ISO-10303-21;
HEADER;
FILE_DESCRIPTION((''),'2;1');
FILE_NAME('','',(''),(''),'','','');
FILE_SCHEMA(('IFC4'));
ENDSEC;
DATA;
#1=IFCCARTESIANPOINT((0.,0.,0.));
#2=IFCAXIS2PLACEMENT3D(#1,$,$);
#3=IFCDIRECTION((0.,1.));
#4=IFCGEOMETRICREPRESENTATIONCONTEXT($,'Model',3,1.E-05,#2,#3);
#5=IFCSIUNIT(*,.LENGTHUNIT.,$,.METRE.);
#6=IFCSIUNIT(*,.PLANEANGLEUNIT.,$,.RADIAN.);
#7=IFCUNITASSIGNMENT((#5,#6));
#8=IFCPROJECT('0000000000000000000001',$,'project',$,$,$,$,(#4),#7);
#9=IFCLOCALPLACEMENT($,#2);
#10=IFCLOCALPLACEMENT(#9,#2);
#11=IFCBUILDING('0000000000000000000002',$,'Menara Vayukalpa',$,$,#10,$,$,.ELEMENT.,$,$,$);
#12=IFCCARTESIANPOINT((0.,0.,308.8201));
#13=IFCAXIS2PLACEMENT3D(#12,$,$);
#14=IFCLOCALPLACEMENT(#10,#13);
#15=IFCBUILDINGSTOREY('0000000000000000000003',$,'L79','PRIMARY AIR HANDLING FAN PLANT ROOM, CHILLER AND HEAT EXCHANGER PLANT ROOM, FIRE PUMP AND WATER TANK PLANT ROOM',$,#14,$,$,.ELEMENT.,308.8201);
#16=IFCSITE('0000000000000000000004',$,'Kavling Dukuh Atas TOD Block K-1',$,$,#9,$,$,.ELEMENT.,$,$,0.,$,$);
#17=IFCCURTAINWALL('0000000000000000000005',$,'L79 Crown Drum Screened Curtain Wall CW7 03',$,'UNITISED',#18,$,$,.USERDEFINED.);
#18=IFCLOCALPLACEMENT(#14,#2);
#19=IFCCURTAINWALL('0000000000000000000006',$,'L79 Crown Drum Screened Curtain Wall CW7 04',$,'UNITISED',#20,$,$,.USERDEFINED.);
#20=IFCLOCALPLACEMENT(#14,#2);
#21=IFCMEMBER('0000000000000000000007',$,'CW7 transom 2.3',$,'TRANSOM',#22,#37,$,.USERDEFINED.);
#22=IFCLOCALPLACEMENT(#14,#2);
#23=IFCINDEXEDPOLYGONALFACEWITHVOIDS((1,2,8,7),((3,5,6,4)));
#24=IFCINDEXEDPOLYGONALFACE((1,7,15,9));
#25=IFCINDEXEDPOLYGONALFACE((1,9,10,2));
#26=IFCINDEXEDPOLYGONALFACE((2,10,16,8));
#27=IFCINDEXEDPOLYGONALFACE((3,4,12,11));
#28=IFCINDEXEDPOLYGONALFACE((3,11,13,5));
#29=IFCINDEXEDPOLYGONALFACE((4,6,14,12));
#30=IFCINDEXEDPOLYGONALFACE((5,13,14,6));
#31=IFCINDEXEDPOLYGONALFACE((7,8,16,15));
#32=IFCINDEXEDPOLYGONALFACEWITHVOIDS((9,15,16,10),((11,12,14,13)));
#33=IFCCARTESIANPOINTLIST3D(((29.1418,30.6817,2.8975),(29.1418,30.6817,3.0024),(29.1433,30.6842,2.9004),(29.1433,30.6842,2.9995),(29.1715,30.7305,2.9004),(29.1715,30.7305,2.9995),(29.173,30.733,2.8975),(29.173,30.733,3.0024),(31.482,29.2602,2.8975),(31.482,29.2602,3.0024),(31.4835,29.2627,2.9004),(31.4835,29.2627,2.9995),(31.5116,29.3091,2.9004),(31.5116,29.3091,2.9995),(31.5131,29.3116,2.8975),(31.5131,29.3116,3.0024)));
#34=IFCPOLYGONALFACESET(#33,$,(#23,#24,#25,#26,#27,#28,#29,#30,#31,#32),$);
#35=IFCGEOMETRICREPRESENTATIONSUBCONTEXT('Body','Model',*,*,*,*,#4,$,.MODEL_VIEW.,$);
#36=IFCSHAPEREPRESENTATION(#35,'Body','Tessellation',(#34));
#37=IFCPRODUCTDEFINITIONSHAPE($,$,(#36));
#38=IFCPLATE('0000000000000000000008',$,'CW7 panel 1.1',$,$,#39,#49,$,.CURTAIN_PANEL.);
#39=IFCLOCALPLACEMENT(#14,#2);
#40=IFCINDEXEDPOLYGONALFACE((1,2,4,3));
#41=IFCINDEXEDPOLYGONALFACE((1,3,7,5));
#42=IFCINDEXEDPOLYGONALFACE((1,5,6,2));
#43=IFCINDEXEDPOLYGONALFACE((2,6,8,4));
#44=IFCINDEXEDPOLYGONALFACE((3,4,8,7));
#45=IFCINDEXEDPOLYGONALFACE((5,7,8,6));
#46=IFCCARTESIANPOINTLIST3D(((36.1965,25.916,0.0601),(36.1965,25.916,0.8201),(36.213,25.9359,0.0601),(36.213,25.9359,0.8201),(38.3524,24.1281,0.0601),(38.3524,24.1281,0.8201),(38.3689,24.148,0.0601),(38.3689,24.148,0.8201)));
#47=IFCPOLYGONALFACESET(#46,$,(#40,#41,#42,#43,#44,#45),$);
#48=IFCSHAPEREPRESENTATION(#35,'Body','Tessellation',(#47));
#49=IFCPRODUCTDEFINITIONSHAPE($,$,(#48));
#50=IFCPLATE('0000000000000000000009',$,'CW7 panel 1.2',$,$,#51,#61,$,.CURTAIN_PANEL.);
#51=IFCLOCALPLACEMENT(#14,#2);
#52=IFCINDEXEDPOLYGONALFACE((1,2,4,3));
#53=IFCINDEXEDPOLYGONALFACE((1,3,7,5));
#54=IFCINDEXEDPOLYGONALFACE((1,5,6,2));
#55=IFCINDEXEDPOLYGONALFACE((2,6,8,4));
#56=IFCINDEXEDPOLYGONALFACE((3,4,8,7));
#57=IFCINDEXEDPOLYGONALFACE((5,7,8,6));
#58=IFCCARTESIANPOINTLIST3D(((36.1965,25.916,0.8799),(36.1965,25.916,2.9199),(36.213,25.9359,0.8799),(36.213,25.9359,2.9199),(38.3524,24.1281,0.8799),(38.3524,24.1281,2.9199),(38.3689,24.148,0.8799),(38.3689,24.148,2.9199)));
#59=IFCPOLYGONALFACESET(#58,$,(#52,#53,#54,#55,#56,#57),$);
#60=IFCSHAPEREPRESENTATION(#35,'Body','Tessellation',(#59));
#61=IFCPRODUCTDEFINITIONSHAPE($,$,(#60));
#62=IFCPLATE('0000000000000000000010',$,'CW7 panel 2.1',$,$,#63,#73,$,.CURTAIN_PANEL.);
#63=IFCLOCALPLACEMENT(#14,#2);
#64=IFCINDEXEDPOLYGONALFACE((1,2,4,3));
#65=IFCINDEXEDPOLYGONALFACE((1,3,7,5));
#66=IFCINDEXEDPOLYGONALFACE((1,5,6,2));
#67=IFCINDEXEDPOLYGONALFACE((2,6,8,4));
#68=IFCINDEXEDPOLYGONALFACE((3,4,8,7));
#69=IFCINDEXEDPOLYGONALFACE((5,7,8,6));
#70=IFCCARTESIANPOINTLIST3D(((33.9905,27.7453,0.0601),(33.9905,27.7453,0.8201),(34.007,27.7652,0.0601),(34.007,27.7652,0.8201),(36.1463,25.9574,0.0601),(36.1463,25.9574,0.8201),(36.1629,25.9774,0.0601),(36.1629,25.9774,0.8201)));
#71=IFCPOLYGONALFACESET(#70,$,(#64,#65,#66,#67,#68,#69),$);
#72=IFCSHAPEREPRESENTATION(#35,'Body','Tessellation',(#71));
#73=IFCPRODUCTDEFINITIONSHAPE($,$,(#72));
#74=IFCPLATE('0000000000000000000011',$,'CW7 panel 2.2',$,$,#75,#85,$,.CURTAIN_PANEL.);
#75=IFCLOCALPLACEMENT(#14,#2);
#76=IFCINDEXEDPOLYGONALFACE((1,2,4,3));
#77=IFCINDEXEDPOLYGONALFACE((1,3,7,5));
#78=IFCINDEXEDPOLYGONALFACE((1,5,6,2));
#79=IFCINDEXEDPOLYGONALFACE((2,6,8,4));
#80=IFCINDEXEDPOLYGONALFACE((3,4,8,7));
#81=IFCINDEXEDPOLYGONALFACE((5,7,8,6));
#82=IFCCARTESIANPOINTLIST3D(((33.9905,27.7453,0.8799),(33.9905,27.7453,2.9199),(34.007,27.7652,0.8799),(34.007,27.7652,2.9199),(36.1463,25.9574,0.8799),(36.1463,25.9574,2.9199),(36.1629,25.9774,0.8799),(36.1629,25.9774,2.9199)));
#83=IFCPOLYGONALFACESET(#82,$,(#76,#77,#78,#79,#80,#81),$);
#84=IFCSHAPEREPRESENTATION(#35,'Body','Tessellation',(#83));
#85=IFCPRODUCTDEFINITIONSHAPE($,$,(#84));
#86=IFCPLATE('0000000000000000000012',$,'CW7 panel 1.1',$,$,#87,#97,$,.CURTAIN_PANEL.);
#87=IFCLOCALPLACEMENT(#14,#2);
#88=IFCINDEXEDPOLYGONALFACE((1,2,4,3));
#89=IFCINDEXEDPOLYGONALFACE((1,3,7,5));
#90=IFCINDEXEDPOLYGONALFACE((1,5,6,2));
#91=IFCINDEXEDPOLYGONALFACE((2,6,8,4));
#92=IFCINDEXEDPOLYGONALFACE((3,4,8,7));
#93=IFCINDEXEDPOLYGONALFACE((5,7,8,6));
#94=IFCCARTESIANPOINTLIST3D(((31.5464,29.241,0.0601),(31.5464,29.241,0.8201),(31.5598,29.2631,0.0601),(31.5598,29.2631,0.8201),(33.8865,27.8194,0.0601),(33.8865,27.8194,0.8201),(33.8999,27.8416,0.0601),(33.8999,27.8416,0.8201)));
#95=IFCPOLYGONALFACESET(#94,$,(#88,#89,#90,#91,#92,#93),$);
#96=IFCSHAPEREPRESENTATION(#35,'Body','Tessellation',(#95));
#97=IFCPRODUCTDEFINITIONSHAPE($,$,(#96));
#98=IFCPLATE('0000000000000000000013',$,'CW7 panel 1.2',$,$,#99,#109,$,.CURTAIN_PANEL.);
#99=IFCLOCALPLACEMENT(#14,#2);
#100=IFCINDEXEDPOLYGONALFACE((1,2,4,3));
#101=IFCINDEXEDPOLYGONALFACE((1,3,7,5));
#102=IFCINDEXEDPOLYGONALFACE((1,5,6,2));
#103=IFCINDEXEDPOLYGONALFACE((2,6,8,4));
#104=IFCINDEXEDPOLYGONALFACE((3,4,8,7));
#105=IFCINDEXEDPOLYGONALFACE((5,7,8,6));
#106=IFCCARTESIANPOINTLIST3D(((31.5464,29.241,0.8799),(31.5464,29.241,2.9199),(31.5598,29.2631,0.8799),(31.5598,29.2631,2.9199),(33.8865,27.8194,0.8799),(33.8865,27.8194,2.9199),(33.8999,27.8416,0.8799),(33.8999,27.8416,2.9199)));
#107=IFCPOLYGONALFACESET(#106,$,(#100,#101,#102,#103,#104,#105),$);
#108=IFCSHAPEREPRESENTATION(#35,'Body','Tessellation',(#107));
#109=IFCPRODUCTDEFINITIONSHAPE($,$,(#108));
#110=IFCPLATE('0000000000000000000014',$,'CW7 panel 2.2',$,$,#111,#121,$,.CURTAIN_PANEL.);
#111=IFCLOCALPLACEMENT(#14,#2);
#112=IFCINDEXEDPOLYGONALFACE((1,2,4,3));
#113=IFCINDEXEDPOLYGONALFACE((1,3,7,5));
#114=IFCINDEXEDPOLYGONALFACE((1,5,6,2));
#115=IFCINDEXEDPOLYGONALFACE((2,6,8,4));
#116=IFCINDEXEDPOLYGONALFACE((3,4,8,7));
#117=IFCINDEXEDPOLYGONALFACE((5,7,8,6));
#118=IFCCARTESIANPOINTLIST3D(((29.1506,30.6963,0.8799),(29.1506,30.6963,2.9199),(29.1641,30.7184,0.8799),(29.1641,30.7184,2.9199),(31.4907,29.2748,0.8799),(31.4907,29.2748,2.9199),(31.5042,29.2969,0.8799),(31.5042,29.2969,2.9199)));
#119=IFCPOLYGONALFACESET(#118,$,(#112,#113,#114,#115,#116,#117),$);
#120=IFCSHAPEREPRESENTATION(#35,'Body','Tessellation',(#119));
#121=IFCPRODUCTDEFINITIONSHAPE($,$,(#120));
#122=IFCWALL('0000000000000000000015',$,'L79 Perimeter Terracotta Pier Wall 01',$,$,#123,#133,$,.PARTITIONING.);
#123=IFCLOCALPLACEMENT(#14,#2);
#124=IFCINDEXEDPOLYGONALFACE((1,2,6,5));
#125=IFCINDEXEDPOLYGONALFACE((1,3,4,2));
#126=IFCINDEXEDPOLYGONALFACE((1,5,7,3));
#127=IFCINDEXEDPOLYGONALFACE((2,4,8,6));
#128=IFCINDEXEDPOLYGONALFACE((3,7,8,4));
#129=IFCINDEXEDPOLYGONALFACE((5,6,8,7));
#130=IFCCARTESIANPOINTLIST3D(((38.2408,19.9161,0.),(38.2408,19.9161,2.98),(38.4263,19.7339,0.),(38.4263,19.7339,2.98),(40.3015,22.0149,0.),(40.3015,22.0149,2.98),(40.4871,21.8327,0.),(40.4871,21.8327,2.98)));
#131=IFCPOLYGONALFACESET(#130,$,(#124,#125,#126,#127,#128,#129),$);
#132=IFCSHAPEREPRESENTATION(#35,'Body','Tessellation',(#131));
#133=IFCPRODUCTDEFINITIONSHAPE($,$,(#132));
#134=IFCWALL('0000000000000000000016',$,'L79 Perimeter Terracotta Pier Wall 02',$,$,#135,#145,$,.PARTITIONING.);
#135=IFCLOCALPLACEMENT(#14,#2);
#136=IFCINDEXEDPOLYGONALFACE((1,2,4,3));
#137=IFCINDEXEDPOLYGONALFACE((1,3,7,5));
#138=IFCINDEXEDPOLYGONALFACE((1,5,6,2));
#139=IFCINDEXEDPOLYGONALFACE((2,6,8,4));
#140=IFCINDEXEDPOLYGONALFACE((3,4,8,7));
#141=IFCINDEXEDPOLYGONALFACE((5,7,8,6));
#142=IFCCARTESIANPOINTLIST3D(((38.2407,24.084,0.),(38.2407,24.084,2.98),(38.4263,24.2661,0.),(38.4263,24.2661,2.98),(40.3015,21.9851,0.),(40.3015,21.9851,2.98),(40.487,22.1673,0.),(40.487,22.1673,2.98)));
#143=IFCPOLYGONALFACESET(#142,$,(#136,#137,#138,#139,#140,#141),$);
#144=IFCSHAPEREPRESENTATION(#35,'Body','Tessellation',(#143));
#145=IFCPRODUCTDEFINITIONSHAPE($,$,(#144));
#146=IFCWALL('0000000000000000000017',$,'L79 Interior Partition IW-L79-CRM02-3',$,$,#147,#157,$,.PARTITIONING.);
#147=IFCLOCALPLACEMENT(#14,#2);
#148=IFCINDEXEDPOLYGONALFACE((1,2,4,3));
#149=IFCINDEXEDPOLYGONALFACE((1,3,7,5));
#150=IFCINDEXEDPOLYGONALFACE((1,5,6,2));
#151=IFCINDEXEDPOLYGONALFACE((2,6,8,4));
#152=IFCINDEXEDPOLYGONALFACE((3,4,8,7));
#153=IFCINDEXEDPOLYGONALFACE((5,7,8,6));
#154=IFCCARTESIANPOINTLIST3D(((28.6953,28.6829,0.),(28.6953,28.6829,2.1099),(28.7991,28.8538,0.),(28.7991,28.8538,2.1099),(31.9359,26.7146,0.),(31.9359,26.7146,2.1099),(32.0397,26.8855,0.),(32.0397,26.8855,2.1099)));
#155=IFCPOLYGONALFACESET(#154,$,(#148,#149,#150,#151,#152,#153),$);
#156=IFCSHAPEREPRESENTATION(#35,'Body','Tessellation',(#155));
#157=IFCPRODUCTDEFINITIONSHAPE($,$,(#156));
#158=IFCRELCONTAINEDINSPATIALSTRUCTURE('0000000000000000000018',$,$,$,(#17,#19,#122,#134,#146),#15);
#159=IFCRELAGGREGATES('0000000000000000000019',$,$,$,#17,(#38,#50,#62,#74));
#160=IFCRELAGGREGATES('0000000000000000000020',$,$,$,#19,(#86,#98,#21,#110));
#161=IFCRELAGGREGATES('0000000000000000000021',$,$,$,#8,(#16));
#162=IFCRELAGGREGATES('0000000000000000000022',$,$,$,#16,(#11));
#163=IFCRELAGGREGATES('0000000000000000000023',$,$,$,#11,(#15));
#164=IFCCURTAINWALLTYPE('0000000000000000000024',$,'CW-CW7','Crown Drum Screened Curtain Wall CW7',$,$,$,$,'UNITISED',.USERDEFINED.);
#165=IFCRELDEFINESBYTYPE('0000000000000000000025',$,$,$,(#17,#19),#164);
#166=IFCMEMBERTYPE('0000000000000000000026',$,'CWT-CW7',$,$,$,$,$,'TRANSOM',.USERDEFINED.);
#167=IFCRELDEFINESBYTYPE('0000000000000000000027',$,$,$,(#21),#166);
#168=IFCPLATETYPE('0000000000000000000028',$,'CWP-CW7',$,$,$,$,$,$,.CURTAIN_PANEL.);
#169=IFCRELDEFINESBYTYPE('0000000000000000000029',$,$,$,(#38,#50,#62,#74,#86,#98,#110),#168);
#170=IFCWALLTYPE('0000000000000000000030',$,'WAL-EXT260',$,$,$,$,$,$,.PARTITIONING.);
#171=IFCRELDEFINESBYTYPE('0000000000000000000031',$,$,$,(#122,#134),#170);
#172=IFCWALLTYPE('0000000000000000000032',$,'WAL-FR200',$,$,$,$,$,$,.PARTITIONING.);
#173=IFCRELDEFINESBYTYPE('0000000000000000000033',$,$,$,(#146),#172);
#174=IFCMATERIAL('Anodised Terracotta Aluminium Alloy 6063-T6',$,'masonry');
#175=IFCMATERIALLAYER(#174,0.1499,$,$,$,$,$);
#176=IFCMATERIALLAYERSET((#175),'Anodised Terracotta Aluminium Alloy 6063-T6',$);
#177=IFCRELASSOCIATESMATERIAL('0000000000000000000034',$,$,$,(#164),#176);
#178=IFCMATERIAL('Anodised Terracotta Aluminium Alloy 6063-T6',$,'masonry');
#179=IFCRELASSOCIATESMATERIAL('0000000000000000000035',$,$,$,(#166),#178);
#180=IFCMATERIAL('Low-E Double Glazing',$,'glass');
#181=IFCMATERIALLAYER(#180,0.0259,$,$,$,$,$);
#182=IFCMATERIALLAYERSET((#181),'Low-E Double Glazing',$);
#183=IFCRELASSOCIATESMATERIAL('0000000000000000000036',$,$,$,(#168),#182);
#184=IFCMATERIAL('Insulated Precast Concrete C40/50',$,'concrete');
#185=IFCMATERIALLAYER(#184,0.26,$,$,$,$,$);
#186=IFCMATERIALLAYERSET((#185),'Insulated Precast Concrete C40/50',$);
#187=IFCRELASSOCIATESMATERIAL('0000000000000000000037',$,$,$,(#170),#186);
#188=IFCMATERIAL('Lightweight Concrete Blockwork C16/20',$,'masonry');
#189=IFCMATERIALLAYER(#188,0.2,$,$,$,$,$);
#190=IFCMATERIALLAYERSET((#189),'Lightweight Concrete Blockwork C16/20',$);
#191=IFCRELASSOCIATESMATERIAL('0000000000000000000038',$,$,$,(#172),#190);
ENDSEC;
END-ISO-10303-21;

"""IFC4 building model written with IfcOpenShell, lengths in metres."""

from ifc_helpers import new_model, si_unit, direction, frame, frame_2d, origin, origin_2d, place, context, subcontext, project, spatial, rectangle, hollow_rectangle, extrude, material, layer, layer_set, material_profile, profile_set, type_object, element, aggregate, save


model = new_model("IFC4")

# Units and contexts
model_context = context("Model", 3, precision=1e-05, world=origin(), true_north=direction((0.0, 1.0)))
body_context = subcontext(model_context, "Body", "Model", "MODEL_VIEW")
ifc_project = project(units=[si_unit("LENGTHUNIT", "METRE"), si_unit("PLANEANGLEUNIT", "RADIAN")], contexts=[model_context])

# Site, building, storey
site_placement = place(None, origin())
site = spatial("IfcSite", under=ifc_project, at=site_placement, Name="Kavling Dukuh Atas TOD Block K-1", CompositionType="ELEMENT", RefElevation=0.0)
building_placement = place(site_placement, origin())
building = spatial("IfcBuilding", under=site, at=building_placement, Name="Menara Vayukalpa", CompositionType="ELEMENT")
storey_placement = place(building_placement, frame((0.0, 0.0, 308.8201)))
storey = spatial("IfcBuildingStorey", under=building, at=storey_placement, Name="L79", Description="PRIMARY AIR HANDLING FAN PLANT ROOM, CHILLER AND HEAT EXCHANGER PLANT ROOM, FIRE PUMP AND WATER TANK PLANT ROOM", CompositionType="ELEMENT", Elevation=308.8201)

# Curtain walls
ifc_material_1 = material(Name="Anodised Terracotta Aluminium Alloy 6063-T6", Category="masonry")
ifc_layer_1 = layer(ifc_material_1, 0.1499)
ifc_layer_set_1 = layer_set([ifc_layer_1], Name="Anodised Terracotta Aluminium Alloy 6063-T6")
curtain_wall_type = type_object("IfcCurtainWallType", Name="CW-CW7", Description="Crown Drum Screened Curtain Wall CW7", ElementType="UNITISED", PredefinedType="USERDEFINED", material=ifc_layer_set_1)
curtain_wall_1_placement = place(storey_placement, origin())
curtain_wall_1 = element("IfcCurtainWall", 1, at=curtain_wall_1_placement, inside=storey, type_object=curtain_wall_type, Name="L79 Crown Drum Screened Curtain Wall CW7 03", ObjectType="UNITISED", PredefinedType="USERDEFINED")
curtain_wall_2_placement = place(storey_placement, origin())
curtain_wall_2 = element("IfcCurtainWall", 2, at=curtain_wall_2_placement, inside=storey, type_object=curtain_wall_type, Name="L79 Crown Drum Screened Curtain Wall CW7 04", ObjectType="UNITISED", PredefinedType="USERDEFINED")

# Member
ifc_material_2 = material(Name="Anodised Terracotta Aluminium Alloy 6063-T6", Category="masonry")
ifc_material_profile_1 = material_profile(ifc_material_2, hollow_rectangle(XDim=0.0601, YDim=0.105, WallThickness=0.0029, at=origin_2d()), Name="ALU 60x105x3")
ifc_profile_set_1 = profile_set([ifc_material_profile_1], Name="Anodised Terracotta Aluminium Alloy 6063-T6")
member_type_1 = type_object("IfcMemberType", Name="CWT-CW7", ElementType="TRANSOM", PredefinedType="USERDEFINED", material=ifc_profile_set_1)
member_1_placement = place(storey_placement, frame((31.4976, 29.2859, 2.95), z_axis=(-0.854687, 0.519143, 0.0), x_axis=(-0.519143, -0.854687, 0.0)))
member_1 = element("IfcMember", 3, at=member_1_placement, type_object=member_type_1, Name="CW7 transom 2.3", ObjectType="TRANSOM", PredefinedType="USERDEFINED", context=body_context, shape_type="SweptSolid", body=[
    extrude(hollow_rectangle(XDim=0.0601, YDim=0.105, WallThickness=0.0029, at=origin_2d()), origin(), (0.0, 0.0, 1.0), 2.738),
])

# Plates
ifc_material_3 = material(Name="Low-E Double Glazing", Category="glass")
ifc_layer_2 = layer(ifc_material_3, 0.0259)
ifc_layer_set_2 = layer_set([ifc_layer_2], Name="Low-E Double Glazing")
plate_type = type_object("IfcPlateType", Name="CWP-CW7", PredefinedType="CURTAIN_PANEL", material=ifc_layer_set_2)
plate_1_placement = place(storey_placement, frame((37.2827, 25.032, 0.0601), z_axis=(0.0, 0.0, 1.0), x_axis=(-0.769749, 0.638347, 0.0)))
plate_1 = element("IfcPlate", 4, at=plate_1_placement, type_object=plate_type, Name="CW7 panel 1.1", PredefinedType="CURTAIN_PANEL", context=body_context, shape_type="SweptSolid", body=[
    extrude(rectangle(XDim=2.8008, YDim=0.0259, at=origin_2d()), origin(), (0.0, 0.0, 1.0), 0.76),
])
plate_2_placement = place(storey_placement, frame((37.2827, 25.032, 0.8799), z_axis=(0.0, 0.0, 1.0), x_axis=(-0.769749, 0.638347, 0.0)))
plate_2 = element("IfcPlate", 5, at=plate_2_placement, type_object=plate_type, Name="CW7 panel 1.2", PredefinedType="CURTAIN_PANEL", context=body_context, shape_type="SweptSolid", body=[
    extrude(rectangle(XDim=2.8008, YDim=0.0259, at=origin_2d()), origin(), (0.0, 0.0, 1.0), 2.04),
])
plate_3_placement = place(storey_placement, frame((35.0767, 26.8613, 0.0601), z_axis=(0.0, 0.0, 1.0), x_axis=(-0.769749, 0.638347, 0.0)))
plate_3 = element("IfcPlate", 6, at=plate_3_placement, type_object=plate_type, Name="CW7 panel 2.1", PredefinedType="CURTAIN_PANEL", context=body_context, shape_type="SweptSolid", body=[
    extrude(rectangle(XDim=2.8008, YDim=0.0259, at=origin_2d()), origin(), (0.0, 0.0, 1.0), 0.76),
])
plate_4_placement = place(storey_placement, frame((35.0767, 26.8613, 0.8799), z_axis=(0.0, 0.0, 1.0), x_axis=(-0.769749, 0.638347, 0.0)))
plate_4 = element("IfcPlate", 7, at=plate_4_placement, type_object=plate_type, Name="CW7 panel 2.2", PredefinedType="CURTAIN_PANEL", context=body_context, shape_type="SweptSolid", body=[
    extrude(rectangle(XDim=2.8008, YDim=0.0259, at=origin_2d()), origin(), (0.0, 0.0, 1.0), 2.04),
])
aggregate(curtain_wall_1, [plate_1, plate_2, plate_3, plate_4])
plate_5_placement = place(storey_placement, frame((32.7231, 28.5413, 0.0601), z_axis=(0.0, 0.0, 1.0), x_axis=(-0.854667, 0.519176, 0.0)))
plate_5 = element("IfcPlate", 8, at=plate_5_placement, type_object=plate_type, Name="CW7 panel 1.1", PredefinedType="CURTAIN_PANEL", context=body_context, shape_type="SweptSolid", body=[
    extrude(rectangle(XDim=2.738, YDim=0.0259, at=origin_2d()), origin(), (0.0, 0.0, 1.0), 0.76),
])
plate_6_placement = place(storey_placement, frame((32.7231, 28.5413, 0.8799), z_axis=(0.0, 0.0, 1.0), x_axis=(-0.854667, 0.519176, 0.0)))
plate_6 = element("IfcPlate", 9, at=plate_6_placement, type_object=plate_type, Name="CW7 panel 1.2", PredefinedType="CURTAIN_PANEL", context=body_context, shape_type="SweptSolid", body=[
    extrude(rectangle(XDim=2.738, YDim=0.0259, at=origin_2d()), origin(), (0.0, 0.0, 1.0), 2.04),
])
plate_7_placement = place(storey_placement, frame((30.3274, 29.9966, 0.8799), z_axis=(0.0, 0.0, 1.0), x_axis=(-0.854667, 0.519176, 0.0)))
plate_7 = element("IfcPlate", 10, at=plate_7_placement, type_object=plate_type, Name="CW7 panel 2.2", PredefinedType="CURTAIN_PANEL", context=body_context, shape_type="SweptSolid", body=[
    extrude(rectangle(XDim=2.738, YDim=0.0259, at=origin_2d()), origin(), (0.0, 0.0, 1.0), 2.04),
])
aggregate(curtain_wall_2, [plate_5, plate_6, member_1, plate_7])

# Walls
ifc_material_4 = material(Name="Insulated Precast Concrete C40/50", Category="concrete")
ifc_layer_3 = layer(ifc_material_4, 0.26)
ifc_layer_set_3 = layer_set([ifc_layer_3], Name="Insulated Precast Concrete C40/50")
wall_type_1 = type_object("IfcWallType", Name="WAL-EXT260", PredefinedType="PARTITIONING", material=ifc_layer_set_3)
for number, where, z_axis, x_axis, name in (
    (11, (40.3943, 21.9238, 0.0), (0.0, 0.0, 1.0), (-0.700603, -0.713551, 0.0), "L79 Perimeter Terracotta Pier Wall 01"),
    (12, (38.3335, 24.175, 0.0), (0.0, 0.0, 1.0), (0.700603, -0.713551, 0.0), "L79 Perimeter Terracotta Pier Wall 02"),
):
    element("IfcWall", number, at=place(storey_placement, frame(where, z_axis=z_axis, x_axis=x_axis)), inside=storey, type_object=wall_type_1, Name=name, PredefinedType="PARTITIONING", context=body_context, shape_type="SweptSolid", body=[
        extrude(rectangle(XDim=2.9414, YDim=0.26, at=frame_2d((1.4707, 0.0))), origin(), (0.0, 0.0, 1.0), 2.98),
    ])
ifc_material_5 = material(Name="Lightweight Concrete Blockwork C16/20", Category="masonry")
ifc_layer_4 = layer(ifc_material_5, 0.2)
ifc_layer_set_4 = layer_set([ifc_layer_4], Name="Lightweight Concrete Blockwork C16/20")
wall_type_2 = type_object("IfcWallType", Name="WAL-FR200", PredefinedType="PARTITIONING", material=ifc_layer_set_4)
wall_placement = place(storey_placement, frame((31.9878, 26.8, 0.0), z_axis=(0.0, 0.0, 1.0), x_axis=(-0.854691, 0.519138, 0.0)))
element("IfcWall", 13, at=wall_placement, inside=storey, type_object=wall_type_2, Name="L79 Interior Partition IW-L79-CRM02-3", PredefinedType="PARTITIONING", context=body_context, shape_type="SweptSolid", body=[
    extrude(rectangle(XDim=3.7915, YDim=0.2, at=frame_2d((1.8958, 0.0))), origin(), (0.0, 0.0, 1.0), 2.1099),
])

save(model, "model.ifc")
